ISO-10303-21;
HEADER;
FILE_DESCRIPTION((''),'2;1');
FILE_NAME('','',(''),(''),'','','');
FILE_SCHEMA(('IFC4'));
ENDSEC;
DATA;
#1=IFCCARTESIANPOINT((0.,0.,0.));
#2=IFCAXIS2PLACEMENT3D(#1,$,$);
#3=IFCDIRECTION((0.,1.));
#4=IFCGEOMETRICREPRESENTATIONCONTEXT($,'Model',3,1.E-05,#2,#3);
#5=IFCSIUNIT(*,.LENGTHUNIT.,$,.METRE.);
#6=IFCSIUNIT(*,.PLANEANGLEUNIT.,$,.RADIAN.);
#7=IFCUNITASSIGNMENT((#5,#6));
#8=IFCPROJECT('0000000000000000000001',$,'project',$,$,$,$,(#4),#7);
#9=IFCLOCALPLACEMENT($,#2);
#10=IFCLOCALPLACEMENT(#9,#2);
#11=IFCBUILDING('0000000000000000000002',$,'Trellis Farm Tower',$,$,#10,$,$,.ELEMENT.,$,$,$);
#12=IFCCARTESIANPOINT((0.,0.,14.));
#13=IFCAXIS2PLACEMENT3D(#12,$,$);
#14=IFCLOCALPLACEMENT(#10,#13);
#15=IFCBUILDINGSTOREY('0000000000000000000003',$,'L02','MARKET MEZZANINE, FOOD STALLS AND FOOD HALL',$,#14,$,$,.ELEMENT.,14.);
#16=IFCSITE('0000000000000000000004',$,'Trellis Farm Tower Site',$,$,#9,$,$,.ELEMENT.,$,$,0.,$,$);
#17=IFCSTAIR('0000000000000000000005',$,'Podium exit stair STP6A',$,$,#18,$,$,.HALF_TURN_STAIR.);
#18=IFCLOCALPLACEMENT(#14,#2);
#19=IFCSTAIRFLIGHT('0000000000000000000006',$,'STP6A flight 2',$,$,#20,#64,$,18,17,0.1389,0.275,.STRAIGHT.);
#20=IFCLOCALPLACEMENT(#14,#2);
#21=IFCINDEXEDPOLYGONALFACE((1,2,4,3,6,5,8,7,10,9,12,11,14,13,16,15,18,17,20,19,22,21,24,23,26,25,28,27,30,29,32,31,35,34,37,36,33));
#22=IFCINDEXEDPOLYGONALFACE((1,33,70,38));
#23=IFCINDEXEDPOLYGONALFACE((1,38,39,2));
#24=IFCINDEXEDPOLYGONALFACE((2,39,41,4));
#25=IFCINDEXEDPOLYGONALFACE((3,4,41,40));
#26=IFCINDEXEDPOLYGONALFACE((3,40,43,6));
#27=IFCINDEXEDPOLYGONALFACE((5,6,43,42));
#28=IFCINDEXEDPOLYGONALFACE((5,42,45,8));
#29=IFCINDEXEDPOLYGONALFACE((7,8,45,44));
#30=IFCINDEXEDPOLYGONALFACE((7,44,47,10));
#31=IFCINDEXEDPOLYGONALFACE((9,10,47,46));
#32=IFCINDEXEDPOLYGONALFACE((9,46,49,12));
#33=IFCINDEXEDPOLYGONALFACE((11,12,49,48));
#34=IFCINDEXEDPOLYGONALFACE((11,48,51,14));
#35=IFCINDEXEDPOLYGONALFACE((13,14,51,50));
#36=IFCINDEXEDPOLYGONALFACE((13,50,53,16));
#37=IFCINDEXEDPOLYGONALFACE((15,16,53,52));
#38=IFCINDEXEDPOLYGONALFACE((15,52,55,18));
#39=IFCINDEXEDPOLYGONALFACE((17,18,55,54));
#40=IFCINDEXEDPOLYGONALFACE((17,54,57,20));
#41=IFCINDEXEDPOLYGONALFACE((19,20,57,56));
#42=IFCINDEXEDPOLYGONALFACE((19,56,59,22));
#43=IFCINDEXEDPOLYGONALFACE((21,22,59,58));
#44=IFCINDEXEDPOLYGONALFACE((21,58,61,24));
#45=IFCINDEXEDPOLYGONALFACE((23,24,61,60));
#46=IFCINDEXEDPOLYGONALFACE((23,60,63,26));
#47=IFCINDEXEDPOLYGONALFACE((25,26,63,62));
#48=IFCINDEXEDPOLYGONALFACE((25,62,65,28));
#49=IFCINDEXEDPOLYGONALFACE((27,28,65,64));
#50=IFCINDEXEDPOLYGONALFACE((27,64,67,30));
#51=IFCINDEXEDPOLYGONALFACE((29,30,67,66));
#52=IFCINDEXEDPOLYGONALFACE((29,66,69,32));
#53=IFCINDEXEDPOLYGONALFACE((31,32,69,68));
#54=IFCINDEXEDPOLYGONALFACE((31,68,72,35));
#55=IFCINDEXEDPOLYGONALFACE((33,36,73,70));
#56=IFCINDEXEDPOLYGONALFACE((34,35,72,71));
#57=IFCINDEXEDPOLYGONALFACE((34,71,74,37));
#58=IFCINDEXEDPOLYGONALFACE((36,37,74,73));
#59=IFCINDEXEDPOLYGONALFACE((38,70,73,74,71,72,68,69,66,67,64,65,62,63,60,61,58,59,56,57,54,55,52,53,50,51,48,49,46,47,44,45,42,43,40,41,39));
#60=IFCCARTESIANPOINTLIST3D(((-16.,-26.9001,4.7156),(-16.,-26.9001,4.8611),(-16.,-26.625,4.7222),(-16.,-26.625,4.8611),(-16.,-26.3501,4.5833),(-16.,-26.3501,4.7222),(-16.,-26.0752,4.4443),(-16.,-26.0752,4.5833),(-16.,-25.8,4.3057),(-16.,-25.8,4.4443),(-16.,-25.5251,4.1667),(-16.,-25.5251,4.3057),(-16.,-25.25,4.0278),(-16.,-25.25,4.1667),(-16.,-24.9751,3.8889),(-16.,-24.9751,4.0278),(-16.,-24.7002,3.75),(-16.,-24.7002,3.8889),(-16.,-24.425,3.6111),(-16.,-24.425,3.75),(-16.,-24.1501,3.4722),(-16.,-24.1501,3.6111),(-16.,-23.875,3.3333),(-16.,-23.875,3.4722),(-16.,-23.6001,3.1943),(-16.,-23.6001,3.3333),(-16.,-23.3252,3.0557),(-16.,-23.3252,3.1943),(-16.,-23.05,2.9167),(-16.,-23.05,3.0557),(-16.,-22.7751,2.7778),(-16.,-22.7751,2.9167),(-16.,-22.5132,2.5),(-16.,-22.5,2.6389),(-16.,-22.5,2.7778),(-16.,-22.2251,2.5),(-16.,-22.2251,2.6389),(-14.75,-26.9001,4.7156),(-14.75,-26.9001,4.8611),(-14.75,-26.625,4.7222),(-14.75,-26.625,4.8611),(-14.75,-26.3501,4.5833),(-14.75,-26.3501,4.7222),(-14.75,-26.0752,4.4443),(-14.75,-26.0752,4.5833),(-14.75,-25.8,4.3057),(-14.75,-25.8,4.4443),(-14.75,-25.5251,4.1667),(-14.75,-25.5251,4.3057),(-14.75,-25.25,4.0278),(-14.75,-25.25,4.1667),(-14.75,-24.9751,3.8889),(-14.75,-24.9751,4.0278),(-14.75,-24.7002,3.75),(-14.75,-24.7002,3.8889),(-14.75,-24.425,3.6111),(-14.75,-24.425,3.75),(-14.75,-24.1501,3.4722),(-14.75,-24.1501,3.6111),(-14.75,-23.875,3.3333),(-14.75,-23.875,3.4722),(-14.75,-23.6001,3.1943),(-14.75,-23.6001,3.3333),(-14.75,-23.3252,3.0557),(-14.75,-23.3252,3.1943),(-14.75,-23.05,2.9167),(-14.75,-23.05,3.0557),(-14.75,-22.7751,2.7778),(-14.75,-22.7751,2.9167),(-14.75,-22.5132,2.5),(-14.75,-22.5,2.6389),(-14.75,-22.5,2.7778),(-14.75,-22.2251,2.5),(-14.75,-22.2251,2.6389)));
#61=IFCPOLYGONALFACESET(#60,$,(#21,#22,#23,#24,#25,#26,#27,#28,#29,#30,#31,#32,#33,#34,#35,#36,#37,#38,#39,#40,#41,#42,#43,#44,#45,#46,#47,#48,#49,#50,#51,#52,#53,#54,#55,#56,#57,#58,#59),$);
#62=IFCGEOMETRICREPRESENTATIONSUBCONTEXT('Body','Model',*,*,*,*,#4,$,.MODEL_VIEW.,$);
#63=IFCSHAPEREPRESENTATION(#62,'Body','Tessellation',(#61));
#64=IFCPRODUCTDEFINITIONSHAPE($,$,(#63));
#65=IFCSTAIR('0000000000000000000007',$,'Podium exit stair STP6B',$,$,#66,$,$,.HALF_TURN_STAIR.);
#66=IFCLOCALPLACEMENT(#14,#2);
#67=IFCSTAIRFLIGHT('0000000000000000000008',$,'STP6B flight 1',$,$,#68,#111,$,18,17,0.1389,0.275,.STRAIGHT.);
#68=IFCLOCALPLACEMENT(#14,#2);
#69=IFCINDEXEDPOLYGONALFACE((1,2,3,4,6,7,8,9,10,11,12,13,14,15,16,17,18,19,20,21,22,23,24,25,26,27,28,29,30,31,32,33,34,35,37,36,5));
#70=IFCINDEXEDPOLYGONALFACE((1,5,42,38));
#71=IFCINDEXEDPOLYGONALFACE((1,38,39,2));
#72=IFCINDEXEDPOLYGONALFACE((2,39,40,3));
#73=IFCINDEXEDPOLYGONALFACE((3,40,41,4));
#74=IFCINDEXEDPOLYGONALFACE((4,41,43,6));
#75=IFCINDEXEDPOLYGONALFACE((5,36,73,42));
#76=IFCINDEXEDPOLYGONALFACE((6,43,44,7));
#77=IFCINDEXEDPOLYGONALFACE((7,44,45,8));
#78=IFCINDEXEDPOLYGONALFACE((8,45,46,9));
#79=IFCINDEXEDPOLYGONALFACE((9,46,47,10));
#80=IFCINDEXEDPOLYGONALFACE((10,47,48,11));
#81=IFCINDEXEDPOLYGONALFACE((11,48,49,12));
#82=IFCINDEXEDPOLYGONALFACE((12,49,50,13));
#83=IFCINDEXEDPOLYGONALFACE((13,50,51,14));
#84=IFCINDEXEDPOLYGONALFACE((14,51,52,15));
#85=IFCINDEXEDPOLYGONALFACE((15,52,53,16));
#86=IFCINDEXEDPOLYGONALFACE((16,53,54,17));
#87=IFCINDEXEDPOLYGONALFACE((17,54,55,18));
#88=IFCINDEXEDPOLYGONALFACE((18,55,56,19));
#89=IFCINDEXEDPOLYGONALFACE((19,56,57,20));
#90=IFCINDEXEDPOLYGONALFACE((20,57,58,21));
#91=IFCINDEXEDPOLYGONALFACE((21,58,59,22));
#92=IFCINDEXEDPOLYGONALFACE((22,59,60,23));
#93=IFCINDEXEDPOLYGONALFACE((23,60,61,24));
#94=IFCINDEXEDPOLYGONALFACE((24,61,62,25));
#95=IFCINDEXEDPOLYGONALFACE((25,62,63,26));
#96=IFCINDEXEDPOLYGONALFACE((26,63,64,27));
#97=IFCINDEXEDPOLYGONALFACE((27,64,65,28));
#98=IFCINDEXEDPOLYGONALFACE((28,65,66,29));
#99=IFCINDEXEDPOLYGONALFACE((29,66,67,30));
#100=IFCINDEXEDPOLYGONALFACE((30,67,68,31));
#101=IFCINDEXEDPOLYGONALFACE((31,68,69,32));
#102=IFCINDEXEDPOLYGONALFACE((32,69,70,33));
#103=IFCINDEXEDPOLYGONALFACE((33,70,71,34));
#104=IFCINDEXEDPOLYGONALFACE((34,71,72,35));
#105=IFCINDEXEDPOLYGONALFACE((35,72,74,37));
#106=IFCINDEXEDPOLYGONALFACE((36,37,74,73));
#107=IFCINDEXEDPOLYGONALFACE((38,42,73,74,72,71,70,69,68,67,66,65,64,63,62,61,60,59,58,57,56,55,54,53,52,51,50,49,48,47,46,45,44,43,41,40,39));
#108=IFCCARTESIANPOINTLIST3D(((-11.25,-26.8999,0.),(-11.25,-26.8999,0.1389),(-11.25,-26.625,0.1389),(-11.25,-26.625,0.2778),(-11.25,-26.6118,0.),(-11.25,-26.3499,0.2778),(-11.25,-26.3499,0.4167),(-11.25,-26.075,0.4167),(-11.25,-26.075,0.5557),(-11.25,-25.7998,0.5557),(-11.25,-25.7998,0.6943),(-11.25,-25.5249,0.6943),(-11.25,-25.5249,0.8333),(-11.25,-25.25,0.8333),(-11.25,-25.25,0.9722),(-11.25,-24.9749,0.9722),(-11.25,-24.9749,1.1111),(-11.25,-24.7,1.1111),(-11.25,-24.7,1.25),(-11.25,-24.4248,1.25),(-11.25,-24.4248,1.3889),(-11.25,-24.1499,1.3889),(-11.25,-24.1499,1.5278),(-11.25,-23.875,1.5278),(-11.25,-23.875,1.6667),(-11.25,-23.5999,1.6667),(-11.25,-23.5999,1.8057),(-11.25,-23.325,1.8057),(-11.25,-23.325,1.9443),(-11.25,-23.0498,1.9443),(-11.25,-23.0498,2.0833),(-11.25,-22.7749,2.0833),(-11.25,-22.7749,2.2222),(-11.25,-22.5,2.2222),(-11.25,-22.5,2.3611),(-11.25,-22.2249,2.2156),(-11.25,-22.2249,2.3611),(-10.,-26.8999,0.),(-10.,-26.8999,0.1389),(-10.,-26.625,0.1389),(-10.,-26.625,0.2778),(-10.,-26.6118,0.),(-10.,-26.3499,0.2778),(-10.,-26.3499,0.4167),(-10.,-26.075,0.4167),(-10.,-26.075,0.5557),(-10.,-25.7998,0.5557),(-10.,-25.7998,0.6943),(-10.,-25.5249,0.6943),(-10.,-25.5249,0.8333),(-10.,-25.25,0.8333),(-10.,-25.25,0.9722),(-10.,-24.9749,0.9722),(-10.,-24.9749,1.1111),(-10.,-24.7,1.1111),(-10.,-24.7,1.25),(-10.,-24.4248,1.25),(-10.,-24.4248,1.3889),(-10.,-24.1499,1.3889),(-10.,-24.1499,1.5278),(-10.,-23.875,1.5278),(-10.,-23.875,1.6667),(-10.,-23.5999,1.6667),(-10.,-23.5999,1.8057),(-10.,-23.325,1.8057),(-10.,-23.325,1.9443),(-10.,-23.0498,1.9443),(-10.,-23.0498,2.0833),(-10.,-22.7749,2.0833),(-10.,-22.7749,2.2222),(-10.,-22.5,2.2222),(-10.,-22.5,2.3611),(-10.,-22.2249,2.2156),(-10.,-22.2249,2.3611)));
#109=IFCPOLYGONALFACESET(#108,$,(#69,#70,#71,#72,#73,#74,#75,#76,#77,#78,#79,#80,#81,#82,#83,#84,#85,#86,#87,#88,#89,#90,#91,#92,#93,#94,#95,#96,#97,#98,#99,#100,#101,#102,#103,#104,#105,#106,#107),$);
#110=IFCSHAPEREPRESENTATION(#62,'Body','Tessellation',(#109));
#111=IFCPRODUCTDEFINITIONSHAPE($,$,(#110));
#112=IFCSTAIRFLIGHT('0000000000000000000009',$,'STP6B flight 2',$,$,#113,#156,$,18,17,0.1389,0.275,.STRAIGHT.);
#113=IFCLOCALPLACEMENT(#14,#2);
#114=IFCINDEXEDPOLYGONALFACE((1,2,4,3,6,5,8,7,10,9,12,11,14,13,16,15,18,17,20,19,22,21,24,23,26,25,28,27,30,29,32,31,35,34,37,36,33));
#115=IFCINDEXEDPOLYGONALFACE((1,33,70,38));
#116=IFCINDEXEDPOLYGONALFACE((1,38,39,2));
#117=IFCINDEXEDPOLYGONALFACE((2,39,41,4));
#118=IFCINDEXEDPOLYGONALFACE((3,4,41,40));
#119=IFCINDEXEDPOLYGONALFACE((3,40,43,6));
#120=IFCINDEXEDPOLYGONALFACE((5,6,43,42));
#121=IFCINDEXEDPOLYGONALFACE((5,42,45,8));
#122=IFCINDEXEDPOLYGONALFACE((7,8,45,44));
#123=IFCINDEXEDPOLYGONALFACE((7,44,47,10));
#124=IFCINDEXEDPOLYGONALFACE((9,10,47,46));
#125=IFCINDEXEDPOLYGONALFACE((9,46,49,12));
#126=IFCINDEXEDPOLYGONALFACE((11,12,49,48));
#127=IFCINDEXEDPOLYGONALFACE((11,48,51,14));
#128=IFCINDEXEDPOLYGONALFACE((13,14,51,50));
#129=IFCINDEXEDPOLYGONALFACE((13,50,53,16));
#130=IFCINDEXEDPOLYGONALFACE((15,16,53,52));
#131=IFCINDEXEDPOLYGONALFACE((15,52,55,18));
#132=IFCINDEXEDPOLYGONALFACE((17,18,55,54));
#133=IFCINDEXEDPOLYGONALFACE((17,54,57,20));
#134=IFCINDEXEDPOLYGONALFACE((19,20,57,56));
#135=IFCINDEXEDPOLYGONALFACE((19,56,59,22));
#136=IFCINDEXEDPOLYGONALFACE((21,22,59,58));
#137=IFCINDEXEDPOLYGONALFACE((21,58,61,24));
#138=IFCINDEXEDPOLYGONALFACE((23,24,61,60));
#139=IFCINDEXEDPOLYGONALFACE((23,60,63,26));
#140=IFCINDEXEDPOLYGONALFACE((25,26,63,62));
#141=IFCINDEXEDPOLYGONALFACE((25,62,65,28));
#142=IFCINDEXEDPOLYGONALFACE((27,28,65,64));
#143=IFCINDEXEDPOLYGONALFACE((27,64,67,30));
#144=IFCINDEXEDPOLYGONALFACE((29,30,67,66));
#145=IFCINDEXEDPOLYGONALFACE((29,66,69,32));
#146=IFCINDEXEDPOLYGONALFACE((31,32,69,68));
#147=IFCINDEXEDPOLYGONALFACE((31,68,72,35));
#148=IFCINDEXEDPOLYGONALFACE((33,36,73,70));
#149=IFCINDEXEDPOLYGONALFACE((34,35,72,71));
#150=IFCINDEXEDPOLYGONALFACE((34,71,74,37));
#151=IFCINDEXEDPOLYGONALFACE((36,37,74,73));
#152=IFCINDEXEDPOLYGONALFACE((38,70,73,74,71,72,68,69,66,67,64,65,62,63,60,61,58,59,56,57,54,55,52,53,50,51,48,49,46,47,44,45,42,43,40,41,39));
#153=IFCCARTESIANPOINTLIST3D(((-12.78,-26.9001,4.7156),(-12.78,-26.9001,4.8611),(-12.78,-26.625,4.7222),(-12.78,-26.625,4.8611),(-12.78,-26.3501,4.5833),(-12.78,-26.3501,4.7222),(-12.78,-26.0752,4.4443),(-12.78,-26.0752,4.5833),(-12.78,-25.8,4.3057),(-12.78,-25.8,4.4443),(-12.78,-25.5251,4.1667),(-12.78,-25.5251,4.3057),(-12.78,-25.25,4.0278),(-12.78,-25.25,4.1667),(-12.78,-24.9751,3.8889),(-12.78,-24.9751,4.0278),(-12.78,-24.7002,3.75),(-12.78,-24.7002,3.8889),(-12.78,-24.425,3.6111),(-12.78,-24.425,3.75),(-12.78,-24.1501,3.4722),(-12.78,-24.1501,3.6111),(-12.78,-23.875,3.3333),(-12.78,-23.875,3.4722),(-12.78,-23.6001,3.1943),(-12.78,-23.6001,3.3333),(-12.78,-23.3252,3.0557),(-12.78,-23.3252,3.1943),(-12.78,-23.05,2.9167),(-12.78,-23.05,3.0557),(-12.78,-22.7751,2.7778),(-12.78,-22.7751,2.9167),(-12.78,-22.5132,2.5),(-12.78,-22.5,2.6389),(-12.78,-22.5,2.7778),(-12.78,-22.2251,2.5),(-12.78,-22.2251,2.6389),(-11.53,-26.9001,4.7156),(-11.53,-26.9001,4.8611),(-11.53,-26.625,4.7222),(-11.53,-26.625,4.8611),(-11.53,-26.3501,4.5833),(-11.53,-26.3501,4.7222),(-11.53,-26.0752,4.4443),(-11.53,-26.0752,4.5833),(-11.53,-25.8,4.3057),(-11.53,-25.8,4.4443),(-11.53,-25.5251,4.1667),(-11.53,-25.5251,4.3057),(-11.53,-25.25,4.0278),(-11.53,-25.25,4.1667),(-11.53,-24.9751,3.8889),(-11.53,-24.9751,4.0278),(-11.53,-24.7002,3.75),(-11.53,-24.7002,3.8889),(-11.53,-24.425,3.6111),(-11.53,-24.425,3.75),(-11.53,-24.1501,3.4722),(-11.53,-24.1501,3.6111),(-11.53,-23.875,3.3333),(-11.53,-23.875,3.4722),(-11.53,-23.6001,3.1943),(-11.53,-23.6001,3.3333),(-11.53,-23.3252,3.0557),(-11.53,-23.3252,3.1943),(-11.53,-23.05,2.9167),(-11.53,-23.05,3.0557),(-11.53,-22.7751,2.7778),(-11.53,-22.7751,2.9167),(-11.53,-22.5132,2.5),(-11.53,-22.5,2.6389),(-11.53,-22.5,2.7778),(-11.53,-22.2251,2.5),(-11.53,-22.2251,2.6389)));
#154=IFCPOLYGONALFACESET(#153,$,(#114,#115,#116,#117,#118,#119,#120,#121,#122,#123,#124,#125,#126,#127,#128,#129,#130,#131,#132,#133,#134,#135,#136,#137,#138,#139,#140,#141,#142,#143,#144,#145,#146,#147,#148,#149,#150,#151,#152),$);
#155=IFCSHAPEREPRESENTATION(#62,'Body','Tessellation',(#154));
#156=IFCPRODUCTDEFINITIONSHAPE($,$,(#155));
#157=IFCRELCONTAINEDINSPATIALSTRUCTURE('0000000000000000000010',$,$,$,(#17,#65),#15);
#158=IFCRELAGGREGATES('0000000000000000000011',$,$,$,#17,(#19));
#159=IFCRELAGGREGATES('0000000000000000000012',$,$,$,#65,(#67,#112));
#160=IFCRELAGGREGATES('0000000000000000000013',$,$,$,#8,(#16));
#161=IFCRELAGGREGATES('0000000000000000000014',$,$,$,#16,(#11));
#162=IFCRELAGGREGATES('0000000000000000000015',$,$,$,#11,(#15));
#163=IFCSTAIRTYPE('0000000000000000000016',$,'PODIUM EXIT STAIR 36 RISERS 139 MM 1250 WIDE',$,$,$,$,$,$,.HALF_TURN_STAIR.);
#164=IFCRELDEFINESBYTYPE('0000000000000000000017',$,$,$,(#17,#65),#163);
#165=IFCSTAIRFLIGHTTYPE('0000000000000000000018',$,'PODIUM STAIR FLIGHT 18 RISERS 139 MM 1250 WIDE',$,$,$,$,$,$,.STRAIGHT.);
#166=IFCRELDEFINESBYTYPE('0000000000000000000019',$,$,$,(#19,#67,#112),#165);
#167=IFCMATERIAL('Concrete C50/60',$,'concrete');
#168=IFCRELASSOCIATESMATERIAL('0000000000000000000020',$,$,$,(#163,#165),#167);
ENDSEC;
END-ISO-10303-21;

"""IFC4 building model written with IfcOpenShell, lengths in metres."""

from ifc_helpers import new_model, si_unit, direction, frame, origin, place, context, subcontext, project, spatial, polyline, outline, extrude, source, transform, mapped, material, type_object, element, aggregate, save


model = new_model("IFC4")

# Units and contexts
model_context = context("Model", 3, precision=1e-05, world=origin(), true_north=direction((0.0, 1.0)))
body_context = subcontext(model_context, "Body", "Model", "MODEL_VIEW")
ifc_project = project(units=[si_unit("LENGTHUNIT", "METRE"), si_unit("PLANEANGLEUNIT", "RADIAN")], contexts=[model_context])

# Site, building, storey
site_placement = place(None, origin())
site = spatial("IfcSite", under=ifc_project, at=site_placement, Name="Trellis Farm Tower Site", CompositionType="ELEMENT", RefElevation=0.0)
building_placement = place(site_placement, origin())
building = spatial("IfcBuilding", under=site, at=building_placement, Name="Trellis Farm Tower", CompositionType="ELEMENT")
storey_placement = place(building_placement, frame((0.0, 0.0, 14.0)))
storey = spatial("IfcBuildingStorey", under=building, at=storey_placement, Name="L02", Description="MARKET MEZZANINE, FOOD STALLS AND FOOD HALL", CompositionType="ELEMENT", Elevation=14.0)

# Stairs, stair flights
ifc_material_1 = material(Name="Concrete C50/60", Category="concrete")
stair_type = type_object("IfcStairType", Name="PODIUM EXIT STAIR 36 RISERS 139 MM 1250 WIDE", PredefinedType="HALF_TURN_STAIR", material=ifc_material_1)
placement = place(storey_placement, origin())
stair_1 = element("IfcStair", 1, at=placement, inside=storey, type_object=stair_type, Name="Podium exit stair STP6A", PredefinedType="HALF_TURN_STAIR")
stair_flight_type = type_object("IfcStairFlightType", Name="PODIUM STAIR FLIGHT 18 RISERS 139 MM 1250 WIDE", PredefinedType="STRAIGHT", material=ifc_material_1)
shared_shape_1 = source(origin(), body_context, "Body", "SweptSolid", [
    extrude(outline(polyline([(0.0, 0.0), (0.0, 0.1389), (0.2749, 0.1389), (0.2749, 0.2778), (0.55, 0.2778), (0.55, 0.4167), (0.825, 0.4167), (0.825, 0.5557), (1.1001, 0.5557), (1.1001, 0.6943), (1.375, 0.6943), (1.375, 0.8333), (1.6499, 0.8333), (1.6499, 0.9722), (1.925, 0.9722), (1.925, 1.1111), (2.2, 1.1111), (2.2, 1.25), (2.4751, 1.25), (2.4751, 1.3889), (2.75, 1.3889), (2.75, 1.5278), (3.0249, 1.5278), (3.0249, 1.6667), (3.3, 1.6667), (3.3, 1.8057), (3.575, 1.8057), (3.575, 1.9443), (3.8501, 1.9443), (3.8501, 2.0833), (4.125, 2.0833), (4.125, 2.2222), (4.3999, 2.2222), (4.3999, 2.3611), (4.675, 2.3611), (4.675, 2.5), (4.675, 2.2156), (0.2881, 0.0), (0.0, 0.0)])), frame((0.0, 0.625, 0.0), z_axis=(0.0, -1.0, 0.0), x_axis=(1.0, 0.0, 0.0)), (0.0, 0.0, 1.0), 1.25),
])
stair_flight_1_placement = place(storey_placement, frame((-15.375, -22.2251, 2.5), z_axis=(0.0, 0.0, 1.0), x_axis=(0.0, -1.0, 0.0)))
stair_flight_1 = element("IfcStairFlight", 2, at=stair_flight_1_placement, type_object=stair_flight_type, Name="STP6A flight 2", NumberOfRisers=18, NumberOfTreads=17, PredefinedType="STRAIGHT", RiserHeight=0.1389, TreadLength=0.275, context=body_context, shape_type="MappedRepresentation", body=[
    mapped(shared_shape_1, transform((0.0, 0.0, 0.0))),
])
aggregate(stair_1, [stair_flight_1])
stair_2 = element("IfcStair", 3, at=placement, inside=storey, type_object=stair_type, Name="Podium exit stair STP6B", PredefinedType="HALF_TURN_STAIR")
stair_flight_2_placement = place(storey_placement, frame((-10.625, -26.8999, 0.0), z_axis=(0.0, 0.0, 1.0), x_axis=(0.0, 1.0, 0.0)))
stair_flight_2 = element("IfcStairFlight", 4, at=stair_flight_2_placement, type_object=stair_flight_type, Name="STP6B flight 1", NumberOfRisers=18, NumberOfTreads=17, PredefinedType="STRAIGHT", RiserHeight=0.1389, TreadLength=0.275, context=body_context, shape_type="MappedRepresentation", body=[
    mapped(shared_shape_1, transform((0.0, 0.0, 0.0))),
])
stair_flight_3_placement = place(storey_placement, frame((-12.155, -22.2251, 2.5), z_axis=(0.0, 0.0, 1.0), x_axis=(0.0, -1.0, 0.0)))
stair_flight_3 = element("IfcStairFlight", 5, at=stair_flight_3_placement, type_object=stair_flight_type, Name="STP6B flight 2", NumberOfRisers=18, NumberOfTreads=17, PredefinedType="STRAIGHT", RiserHeight=0.1389, TreadLength=0.275, context=body_context, shape_type="MappedRepresentation", body=[
    mapped(shared_shape_1, transform((0.0, 0.0, 0.0))),
])
aggregate(stair_2, [stair_flight_2, stair_flight_3])

save(model, "model.ifc")
